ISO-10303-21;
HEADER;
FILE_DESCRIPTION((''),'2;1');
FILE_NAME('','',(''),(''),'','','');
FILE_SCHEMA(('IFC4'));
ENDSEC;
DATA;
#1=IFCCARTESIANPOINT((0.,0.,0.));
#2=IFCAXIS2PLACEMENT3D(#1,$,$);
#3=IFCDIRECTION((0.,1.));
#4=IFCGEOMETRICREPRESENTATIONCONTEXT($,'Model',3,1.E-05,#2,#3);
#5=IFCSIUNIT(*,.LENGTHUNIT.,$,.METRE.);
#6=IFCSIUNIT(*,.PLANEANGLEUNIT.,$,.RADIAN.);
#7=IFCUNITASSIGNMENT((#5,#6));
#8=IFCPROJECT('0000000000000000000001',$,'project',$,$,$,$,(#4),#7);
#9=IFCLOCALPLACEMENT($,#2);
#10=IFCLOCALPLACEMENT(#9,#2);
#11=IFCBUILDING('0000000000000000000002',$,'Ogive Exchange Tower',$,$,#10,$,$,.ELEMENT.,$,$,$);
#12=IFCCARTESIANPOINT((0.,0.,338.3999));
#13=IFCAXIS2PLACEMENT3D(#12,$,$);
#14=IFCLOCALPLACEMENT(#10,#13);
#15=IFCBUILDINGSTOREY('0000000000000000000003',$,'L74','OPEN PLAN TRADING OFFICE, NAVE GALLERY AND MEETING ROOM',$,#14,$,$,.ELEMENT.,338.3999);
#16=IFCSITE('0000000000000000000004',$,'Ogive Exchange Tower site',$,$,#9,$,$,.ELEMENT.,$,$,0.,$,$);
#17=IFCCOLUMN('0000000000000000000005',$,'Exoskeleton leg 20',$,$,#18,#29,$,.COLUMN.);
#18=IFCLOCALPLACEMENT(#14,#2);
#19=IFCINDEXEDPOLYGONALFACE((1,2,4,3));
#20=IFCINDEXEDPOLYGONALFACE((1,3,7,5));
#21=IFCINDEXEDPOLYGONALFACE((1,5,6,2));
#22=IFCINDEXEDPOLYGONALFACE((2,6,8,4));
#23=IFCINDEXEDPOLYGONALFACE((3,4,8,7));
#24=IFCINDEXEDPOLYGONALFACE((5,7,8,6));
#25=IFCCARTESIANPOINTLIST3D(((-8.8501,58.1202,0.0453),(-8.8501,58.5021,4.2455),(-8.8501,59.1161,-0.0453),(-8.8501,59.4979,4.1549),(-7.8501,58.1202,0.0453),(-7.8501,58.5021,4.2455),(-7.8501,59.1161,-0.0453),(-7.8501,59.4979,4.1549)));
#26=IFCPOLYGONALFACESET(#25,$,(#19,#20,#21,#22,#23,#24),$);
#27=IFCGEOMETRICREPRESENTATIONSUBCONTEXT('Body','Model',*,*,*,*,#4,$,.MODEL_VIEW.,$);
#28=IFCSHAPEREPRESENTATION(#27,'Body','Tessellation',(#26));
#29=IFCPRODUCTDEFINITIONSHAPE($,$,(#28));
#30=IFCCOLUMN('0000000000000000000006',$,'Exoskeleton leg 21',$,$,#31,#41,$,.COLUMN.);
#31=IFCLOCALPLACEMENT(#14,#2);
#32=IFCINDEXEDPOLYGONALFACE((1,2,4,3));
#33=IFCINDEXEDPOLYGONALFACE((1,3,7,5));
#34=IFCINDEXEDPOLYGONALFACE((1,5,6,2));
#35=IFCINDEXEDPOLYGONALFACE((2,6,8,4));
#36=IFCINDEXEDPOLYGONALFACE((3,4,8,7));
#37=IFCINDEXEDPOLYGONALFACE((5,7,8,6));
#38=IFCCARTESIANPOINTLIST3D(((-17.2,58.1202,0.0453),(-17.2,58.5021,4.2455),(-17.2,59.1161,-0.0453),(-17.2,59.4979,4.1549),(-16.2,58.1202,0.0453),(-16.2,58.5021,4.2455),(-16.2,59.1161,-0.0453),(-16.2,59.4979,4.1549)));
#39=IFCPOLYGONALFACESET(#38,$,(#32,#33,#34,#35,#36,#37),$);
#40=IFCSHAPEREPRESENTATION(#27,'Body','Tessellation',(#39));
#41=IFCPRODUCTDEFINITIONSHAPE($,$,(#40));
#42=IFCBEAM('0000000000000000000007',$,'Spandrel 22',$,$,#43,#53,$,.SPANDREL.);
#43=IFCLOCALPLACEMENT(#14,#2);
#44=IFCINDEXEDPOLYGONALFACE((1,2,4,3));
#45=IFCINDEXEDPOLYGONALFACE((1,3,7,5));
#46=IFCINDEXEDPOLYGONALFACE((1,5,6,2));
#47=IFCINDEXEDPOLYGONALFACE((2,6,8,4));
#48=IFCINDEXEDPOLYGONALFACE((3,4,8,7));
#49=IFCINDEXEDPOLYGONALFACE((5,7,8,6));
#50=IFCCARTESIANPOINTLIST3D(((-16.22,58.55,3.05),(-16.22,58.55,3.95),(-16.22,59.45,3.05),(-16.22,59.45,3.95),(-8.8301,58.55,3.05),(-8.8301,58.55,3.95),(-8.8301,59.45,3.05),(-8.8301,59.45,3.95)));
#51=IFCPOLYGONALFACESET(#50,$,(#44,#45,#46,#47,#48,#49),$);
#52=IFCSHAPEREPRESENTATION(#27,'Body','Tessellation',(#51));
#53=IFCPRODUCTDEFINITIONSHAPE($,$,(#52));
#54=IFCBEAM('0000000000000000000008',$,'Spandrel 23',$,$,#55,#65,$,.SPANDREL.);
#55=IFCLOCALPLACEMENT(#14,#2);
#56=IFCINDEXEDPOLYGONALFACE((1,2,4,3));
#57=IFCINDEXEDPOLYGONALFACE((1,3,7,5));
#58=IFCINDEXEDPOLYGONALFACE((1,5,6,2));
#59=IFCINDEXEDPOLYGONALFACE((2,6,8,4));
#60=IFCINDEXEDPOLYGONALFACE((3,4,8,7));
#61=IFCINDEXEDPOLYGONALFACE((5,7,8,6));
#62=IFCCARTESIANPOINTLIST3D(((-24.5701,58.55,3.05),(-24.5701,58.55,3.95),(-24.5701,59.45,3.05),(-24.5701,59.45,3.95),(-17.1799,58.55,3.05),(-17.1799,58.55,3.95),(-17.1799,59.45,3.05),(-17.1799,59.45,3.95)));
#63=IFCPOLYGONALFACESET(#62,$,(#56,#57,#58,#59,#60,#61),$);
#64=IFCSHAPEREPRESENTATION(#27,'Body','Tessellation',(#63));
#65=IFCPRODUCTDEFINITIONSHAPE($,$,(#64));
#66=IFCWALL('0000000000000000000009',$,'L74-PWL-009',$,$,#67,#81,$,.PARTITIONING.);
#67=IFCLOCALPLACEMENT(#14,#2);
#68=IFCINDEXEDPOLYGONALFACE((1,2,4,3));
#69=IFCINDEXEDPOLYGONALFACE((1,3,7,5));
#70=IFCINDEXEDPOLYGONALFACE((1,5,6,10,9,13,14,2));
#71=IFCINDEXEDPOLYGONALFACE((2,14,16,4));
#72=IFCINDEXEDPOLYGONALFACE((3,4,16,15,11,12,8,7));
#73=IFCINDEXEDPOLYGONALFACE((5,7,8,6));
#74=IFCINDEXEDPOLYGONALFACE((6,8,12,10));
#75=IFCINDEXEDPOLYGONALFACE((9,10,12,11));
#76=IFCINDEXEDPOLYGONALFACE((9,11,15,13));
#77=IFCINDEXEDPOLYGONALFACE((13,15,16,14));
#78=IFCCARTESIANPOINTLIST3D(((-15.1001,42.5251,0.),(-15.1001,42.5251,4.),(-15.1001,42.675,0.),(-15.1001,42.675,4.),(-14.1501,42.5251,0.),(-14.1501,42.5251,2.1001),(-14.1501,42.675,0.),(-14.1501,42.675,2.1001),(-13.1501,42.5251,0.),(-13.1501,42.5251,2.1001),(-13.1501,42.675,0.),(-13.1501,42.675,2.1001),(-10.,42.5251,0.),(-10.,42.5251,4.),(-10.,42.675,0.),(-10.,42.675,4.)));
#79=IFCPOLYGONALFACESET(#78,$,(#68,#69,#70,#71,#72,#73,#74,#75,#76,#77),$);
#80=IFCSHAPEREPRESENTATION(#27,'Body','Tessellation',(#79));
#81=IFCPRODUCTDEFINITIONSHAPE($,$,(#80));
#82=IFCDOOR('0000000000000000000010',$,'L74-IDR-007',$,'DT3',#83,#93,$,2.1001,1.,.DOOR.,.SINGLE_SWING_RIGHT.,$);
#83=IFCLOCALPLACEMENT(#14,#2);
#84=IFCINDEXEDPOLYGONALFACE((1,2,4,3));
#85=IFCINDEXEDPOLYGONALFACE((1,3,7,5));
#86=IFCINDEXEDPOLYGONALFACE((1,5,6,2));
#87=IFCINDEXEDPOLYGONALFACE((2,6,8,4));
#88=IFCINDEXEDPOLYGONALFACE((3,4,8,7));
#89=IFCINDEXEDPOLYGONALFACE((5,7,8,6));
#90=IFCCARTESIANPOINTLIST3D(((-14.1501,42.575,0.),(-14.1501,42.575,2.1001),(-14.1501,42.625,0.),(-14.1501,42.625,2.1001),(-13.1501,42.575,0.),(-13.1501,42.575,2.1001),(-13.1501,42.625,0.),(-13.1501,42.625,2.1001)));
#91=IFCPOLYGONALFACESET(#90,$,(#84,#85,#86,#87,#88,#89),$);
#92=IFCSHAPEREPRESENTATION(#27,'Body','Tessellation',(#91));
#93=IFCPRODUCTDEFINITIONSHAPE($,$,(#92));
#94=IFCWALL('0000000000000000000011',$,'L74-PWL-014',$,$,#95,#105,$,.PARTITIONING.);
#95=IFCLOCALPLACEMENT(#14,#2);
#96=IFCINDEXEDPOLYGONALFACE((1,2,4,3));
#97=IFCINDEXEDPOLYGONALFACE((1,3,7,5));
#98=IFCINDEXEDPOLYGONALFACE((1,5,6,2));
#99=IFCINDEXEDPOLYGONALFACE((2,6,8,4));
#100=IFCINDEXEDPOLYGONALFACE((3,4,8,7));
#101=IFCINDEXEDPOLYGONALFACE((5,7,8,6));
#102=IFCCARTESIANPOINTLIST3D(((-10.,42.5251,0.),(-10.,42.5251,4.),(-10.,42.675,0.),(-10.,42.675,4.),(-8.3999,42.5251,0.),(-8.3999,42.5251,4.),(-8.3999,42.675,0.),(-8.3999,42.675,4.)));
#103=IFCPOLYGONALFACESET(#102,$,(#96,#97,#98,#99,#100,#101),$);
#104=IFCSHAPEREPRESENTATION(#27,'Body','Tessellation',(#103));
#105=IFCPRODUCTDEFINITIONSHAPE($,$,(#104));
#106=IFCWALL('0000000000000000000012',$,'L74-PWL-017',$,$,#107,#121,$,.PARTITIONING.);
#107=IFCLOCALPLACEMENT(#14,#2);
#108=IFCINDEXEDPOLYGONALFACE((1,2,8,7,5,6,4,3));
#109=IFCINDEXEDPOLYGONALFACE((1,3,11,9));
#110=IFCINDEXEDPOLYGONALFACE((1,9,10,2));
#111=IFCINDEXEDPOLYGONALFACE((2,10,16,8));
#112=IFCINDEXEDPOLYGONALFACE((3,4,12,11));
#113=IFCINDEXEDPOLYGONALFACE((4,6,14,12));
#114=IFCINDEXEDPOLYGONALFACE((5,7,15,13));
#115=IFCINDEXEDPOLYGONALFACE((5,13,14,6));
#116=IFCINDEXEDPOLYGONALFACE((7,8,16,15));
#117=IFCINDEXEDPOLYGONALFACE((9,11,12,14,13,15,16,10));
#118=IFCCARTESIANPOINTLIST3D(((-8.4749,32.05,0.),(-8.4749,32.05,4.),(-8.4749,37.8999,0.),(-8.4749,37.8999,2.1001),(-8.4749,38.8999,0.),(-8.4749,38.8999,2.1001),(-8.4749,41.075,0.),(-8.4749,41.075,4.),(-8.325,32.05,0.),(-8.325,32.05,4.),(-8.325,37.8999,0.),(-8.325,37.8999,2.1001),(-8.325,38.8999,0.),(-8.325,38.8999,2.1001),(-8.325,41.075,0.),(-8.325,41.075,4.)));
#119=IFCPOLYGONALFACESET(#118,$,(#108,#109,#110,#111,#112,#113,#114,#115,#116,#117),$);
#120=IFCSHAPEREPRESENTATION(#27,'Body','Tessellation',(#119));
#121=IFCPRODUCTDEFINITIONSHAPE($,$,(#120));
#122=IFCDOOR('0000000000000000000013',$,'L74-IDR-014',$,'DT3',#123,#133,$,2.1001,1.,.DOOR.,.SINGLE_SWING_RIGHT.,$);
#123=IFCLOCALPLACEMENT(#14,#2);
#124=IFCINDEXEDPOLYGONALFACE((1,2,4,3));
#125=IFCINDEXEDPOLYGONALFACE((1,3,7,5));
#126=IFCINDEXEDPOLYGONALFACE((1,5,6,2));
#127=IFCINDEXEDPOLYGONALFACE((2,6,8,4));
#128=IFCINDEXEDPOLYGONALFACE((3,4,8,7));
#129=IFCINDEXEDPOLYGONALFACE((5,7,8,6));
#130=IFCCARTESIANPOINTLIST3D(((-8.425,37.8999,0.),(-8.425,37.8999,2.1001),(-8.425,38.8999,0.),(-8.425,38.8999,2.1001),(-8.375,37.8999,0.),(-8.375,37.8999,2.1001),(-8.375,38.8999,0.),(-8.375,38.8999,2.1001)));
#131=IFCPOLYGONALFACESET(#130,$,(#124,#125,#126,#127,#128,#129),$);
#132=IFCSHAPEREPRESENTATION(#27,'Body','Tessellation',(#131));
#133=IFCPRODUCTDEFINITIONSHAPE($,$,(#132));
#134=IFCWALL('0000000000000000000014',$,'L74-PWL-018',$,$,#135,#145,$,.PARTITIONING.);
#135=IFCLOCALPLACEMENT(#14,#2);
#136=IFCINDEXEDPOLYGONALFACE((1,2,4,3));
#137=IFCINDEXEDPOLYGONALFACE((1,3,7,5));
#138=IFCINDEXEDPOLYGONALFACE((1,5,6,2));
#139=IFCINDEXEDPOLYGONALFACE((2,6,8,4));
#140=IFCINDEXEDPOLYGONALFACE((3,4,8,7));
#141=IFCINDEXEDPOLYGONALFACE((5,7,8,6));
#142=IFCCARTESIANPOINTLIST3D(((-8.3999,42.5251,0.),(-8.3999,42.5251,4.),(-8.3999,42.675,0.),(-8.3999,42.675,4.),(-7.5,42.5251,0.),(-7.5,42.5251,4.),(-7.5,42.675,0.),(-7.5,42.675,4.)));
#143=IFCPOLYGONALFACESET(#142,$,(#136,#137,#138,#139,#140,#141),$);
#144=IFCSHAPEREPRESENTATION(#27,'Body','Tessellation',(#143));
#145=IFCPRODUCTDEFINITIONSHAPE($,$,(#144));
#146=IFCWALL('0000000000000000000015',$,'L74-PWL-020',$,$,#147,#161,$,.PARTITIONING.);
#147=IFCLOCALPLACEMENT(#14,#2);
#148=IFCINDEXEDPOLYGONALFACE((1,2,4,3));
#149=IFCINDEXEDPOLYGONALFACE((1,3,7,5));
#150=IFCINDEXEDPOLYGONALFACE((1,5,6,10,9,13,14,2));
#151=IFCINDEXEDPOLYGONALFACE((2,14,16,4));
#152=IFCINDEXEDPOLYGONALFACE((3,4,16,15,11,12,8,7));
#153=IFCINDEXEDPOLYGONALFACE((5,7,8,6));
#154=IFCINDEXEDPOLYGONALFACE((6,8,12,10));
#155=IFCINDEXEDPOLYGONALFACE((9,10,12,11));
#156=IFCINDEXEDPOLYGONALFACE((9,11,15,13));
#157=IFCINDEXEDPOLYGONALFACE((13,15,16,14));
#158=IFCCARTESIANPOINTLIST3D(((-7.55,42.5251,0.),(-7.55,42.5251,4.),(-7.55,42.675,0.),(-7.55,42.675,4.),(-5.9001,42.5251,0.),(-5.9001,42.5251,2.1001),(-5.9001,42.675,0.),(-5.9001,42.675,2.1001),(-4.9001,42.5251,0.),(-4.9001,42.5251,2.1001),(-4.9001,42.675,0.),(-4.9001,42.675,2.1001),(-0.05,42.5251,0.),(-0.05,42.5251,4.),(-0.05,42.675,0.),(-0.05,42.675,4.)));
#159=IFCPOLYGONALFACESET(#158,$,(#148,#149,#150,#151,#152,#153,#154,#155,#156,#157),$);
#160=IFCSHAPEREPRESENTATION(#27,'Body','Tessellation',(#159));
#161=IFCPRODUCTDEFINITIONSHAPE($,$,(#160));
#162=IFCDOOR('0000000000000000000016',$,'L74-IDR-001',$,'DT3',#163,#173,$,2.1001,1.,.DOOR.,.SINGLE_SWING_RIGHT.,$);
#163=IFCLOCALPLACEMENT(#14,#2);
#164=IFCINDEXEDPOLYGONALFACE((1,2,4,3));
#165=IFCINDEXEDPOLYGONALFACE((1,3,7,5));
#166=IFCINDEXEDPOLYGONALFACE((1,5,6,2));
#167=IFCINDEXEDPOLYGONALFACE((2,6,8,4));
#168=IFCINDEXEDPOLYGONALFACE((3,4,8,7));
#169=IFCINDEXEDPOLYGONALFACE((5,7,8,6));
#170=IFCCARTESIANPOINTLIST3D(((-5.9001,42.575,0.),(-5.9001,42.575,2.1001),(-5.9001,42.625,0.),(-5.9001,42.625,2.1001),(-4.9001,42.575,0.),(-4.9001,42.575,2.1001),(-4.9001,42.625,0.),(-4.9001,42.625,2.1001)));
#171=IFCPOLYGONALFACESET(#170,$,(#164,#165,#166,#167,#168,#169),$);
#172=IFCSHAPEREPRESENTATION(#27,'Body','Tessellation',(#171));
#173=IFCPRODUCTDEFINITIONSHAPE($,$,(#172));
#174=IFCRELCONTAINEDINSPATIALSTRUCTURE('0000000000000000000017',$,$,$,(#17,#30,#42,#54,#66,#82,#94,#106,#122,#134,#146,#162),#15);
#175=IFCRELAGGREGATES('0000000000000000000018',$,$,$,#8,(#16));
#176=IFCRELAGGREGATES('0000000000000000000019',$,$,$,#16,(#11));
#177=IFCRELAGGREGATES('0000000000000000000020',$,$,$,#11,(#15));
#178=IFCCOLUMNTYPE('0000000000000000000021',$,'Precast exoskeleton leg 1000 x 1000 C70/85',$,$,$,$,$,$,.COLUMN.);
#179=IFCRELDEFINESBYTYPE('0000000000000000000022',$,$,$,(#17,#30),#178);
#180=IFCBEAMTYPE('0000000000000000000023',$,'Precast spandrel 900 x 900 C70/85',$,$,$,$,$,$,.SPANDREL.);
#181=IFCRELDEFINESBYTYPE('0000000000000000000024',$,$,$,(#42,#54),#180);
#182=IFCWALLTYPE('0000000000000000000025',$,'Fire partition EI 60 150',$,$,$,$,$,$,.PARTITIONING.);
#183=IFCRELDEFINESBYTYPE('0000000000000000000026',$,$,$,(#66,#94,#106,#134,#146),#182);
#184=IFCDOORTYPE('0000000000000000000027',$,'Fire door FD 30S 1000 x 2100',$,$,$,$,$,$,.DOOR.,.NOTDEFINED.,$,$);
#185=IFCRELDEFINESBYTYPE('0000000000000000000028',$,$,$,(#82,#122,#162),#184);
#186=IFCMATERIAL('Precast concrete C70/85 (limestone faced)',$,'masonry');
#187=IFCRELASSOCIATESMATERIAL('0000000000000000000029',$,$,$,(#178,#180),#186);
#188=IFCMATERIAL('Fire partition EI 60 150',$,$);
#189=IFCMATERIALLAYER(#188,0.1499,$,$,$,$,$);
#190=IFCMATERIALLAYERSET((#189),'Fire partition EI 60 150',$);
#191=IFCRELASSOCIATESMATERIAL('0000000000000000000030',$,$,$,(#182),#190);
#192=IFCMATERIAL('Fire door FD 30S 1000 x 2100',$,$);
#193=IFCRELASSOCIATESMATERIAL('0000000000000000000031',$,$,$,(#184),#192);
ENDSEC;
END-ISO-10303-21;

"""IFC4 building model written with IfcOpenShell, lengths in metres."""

from ifc_helpers import new_model, si_unit, direction, frame, frame_2d, origin, origin_2d, place, context, subcontext, project, spatial, rectangle, extrude, material, layer, layer_set, material_profile, profile_set, type_object, element, fill, save


model = new_model("IFC4")

# Units and contexts
model_context = context("Model", 3, precision=1e-05, world=origin(), true_north=direction((0.0, 1.0)))
body_context = subcontext(model_context, "Body", "Model", "MODEL_VIEW")
ifc_project = project(units=[si_unit("LENGTHUNIT", "METRE"), si_unit("PLANEANGLEUNIT", "RADIAN")], contexts=[model_context])

# Site, building, storey
site_placement = place(None, origin())
site = spatial("IfcSite", under=ifc_project, at=site_placement, Name="Ogive Exchange Tower site", CompositionType="ELEMENT", RefElevation=0.0)
building_placement = place(site_placement, origin())
building = spatial("IfcBuilding", under=site, at=building_placement, Name="Ogive Exchange Tower", CompositionType="ELEMENT")
storey_placement = place(building_placement, frame((0.0, 0.0, 338.3999)))
storey = spatial("IfcBuildingStorey", under=building, at=storey_placement, Name="L74", Description="OPEN PLAN TRADING OFFICE, NAVE GALLERY AND MEETING ROOM", CompositionType="ELEMENT", Elevation=338.3999)

# Columns
ifc_material_1 = material(Name="Precast concrete C70/85 (limestone faced)", Category="masonry")
ifc_material_profile_1 = material_profile(ifc_material_1, rectangle(XDim=1.0, YDim=1.0, at=origin_2d()), Name="1000 x 1000")
ifc_profile_set_1 = profile_set([ifc_material_profile_1], Name="Precast concrete C70/85 (limestone faced)")
column_type = type_object("IfcColumnType", Name="Precast exoskeleton leg 1000 x 1000 C70/85", PredefinedType="COLUMN", material=ifc_profile_set_1)
for number, where, z_axis, x_axis, name in (
    (1, (-8.3501, 58.6182, 0.0), (0.0, 0.090536, 0.995893), (-1.0, 0.0, 0.0), "Exoskeleton leg 20"),
    (2, (-16.7, 58.6182, 0.0), (0.0, 0.090536, 0.995893), (-1.0, 0.0, 0.0), "Exoskeleton leg 21"),
):
    element("IfcColumn", number, at=place(storey_placement, frame(where, z_axis=z_axis, x_axis=x_axis)), inside=storey, type_object=column_type, Name=name, PredefinedType="COLUMN", context=body_context, shape_type="SweptSolid", body=[
        extrude(rectangle(XDim=1.0, YDim=1.0, at=origin_2d()), origin(), (0.0, 0.0, 1.0), 4.2175),
    ])

# Beams
ifc_material_profile_2 = material_profile(ifc_material_1, rectangle(XDim=0.8999, YDim=0.8999, at=origin_2d()), Name="900 x 900")
ifc_profile_set_2 = profile_set([ifc_material_profile_2], Name="Precast concrete C70/85 (limestone faced)")
beam_type = type_object("IfcBeamType", Name="Precast spandrel 900 x 900 C70/85", PredefinedType="SPANDREL", material=ifc_profile_set_2)
beam_1_placement = place(storey_placement, frame((-8.8301, 59.0, 3.5), z_axis=(-1.0, 0.0, 0.0), x_axis=(0.0, -1.0, 0.0)))
element("IfcBeam", 3, at=beam_1_placement, inside=storey, type_object=beam_type, Name="Spandrel 22", PredefinedType="SPANDREL", context=body_context, shape_type="SweptSolid", body=[
    extrude(rectangle(XDim=0.8999, YDim=0.8999, at=origin_2d()), origin(), (0.0, 0.0, 1.0), 7.3899),
])
beam_2_placement = place(storey_placement, frame((-17.1799, 59.0, 3.5), z_axis=(-1.0, 0.0, 0.0), x_axis=(0.0, -1.0, 0.0)))
element("IfcBeam", 4, at=beam_2_placement, inside=storey, type_object=beam_type, Name="Spandrel 23", PredefinedType="SPANDREL", context=body_context, shape_type="SweptSolid", body=[
    extrude(rectangle(XDim=0.8999, YDim=0.8999, at=origin_2d()), origin(), (0.0, 0.0, 1.0), 7.3901),
])

# Wall, opening, door
ifc_material_2 = material(Name="Fire partition EI 60 150")
ifc_layer_1 = layer(ifc_material_2, 0.1499)
ifc_layer_set_1 = layer_set([ifc_layer_1], Name="Fire partition EI 60 150")
wall_type_1 = type_object("IfcWallType", Name="Fire partition EI 60 150", PredefinedType="PARTITIONING", material=ifc_layer_set_1)
wall_1_placement = place(storey_placement, frame((-15.1001, 42.6001, 0.0), z_axis=(0.0, 0.0, 1.0), x_axis=(1.0, 0.0, 0.0)))
wall_1 = element("IfcWall", 5, at=wall_1_placement, inside=storey, type_object=wall_type_1, Name="L74-PWL-009", PredefinedType="PARTITIONING", context=body_context, shape_type="SweptSolid", body=[
    extrude(rectangle(XDim=5.1001, YDim=0.1499, at=frame_2d((2.55, 0.0))), origin(), (0.0, 0.0, 1.0), 4.0),
])
opening_1_placement = place(wall_1_placement, frame((0.95, 0.0, 0.0)))
opening_1 = element("IfcOpeningElement", 6, at=opening_1_placement, cuts=wall_1, PredefinedType="OPENING", context=body_context, shape_type="SweptSolid", body=[
    extrude(rectangle(XDim=1.0, YDim=2.1001, at=frame_2d((0.5, 1.05))), frame((0.0, 0.085, 0.0), z_axis=(0.0, -1.0, 0.0), x_axis=(1.0, 0.0, 0.0)), (0.0, 0.0, 1.0), 0.1699),
])
ifc_material_3 = material(Name="Fire door FD 30S 1000 x 2100")
door_type_1 = type_object("IfcDoorType", Name="Fire door FD 30S 1000 x 2100", OperationType="NOTDEFINED", PredefinedType="DOOR", material=ifc_material_3)
door_1_placement = place(opening_1_placement, origin())
door_1 = element("IfcDoor", 7, at=door_1_placement, inside=storey, type_object=door_type_1, Name="L74-IDR-007", ObjectType="DT3", OperationType="SINGLE_SWING_RIGHT", OverallHeight=2.1001, OverallWidth=1.0, PredefinedType="DOOR", context=body_context, shape_type="SweptSolid", body=[
    extrude(rectangle(XDim=1.0, YDim=2.1001, at=frame_2d((0.5, 1.05))), frame((0.0, 0.0249, 0.0), z_axis=(0.0, -1.0, 0.0), x_axis=(1.0, 0.0, 0.0)), (0.0, 0.0, 1.0), 0.05),
])
fill(opening_1, door_1)

# Wall
wall_2_placement = place(storey_placement, frame((-10.0, 42.6001, 0.0), z_axis=(0.0, 0.0, 1.0), x_axis=(1.0, 0.0, 0.0)))
element("IfcWall", 8, at=wall_2_placement, inside=storey, type_object=wall_type_1, Name="L74-PWL-014", PredefinedType="PARTITIONING", context=body_context, shape_type="SweptSolid", body=[
    extrude(rectangle(XDim=1.6001, YDim=0.1499, at=frame_2d((0.8, 0.0))), origin(), (0.0, 0.0, 1.0), 4.0),
])

# Wall, opening, door
wall_3_placement = place(storey_placement, frame((-8.3999, 41.075, 0.0), z_axis=(0.0, 0.0, 1.0), x_axis=(0.0, -1.0, 0.0)))
wall_3 = element("IfcWall", 9, at=wall_3_placement, inside=storey, type_object=wall_type_1, Name="L74-PWL-017", PredefinedType="PARTITIONING", context=body_context, shape_type="SweptSolid", body=[
    extrude(rectangle(XDim=9.0249, YDim=0.1499, at=frame_2d((4.5125, 0.0))), origin(), (0.0, 0.0, 1.0), 4.0),
])
opening_2_placement = place(wall_3_placement, frame((2.175, 0.0, 0.0)))
opening_2 = element("IfcOpeningElement", 10, at=opening_2_placement, cuts=wall_3, PredefinedType="OPENING", context=body_context, shape_type="SweptSolid", body=[
    extrude(rectangle(XDim=1.0, YDim=2.1001, at=frame_2d((0.5, 1.05))), frame((0.0, 0.085, 0.0), z_axis=(0.0, -1.0, 0.0), x_axis=(1.0, 0.0, 0.0)), (0.0, 0.0, 1.0), 0.1699),
])
door_2_placement = place(opening_2_placement, origin())
door_2 = element("IfcDoor", 11, at=door_2_placement, inside=storey, type_object=door_type_1, Name="L74-IDR-014", ObjectType="DT3", OperationType="SINGLE_SWING_RIGHT", OverallHeight=2.1001, OverallWidth=1.0, PredefinedType="DOOR", context=body_context, shape_type="SweptSolid", body=[
    extrude(rectangle(XDim=1.0, YDim=2.1001, at=frame_2d((0.5, 1.05))), frame((0.0, 0.0249, 0.0), z_axis=(0.0, -1.0, 0.0), x_axis=(1.0, 0.0, 0.0)), (0.0, 0.0, 1.0), 0.05),
])
fill(opening_2, door_2)

# Wall
wall_4_placement = place(storey_placement, frame((-8.3999, 42.6001, 0.0), z_axis=(0.0, 0.0, 1.0), x_axis=(1.0, 0.0, 0.0)))
element("IfcWall", 12, at=wall_4_placement, inside=storey, type_object=wall_type_1, Name="L74-PWL-018", PredefinedType="PARTITIONING", context=body_context, shape_type="SweptSolid", body=[
    extrude(rectangle(XDim=0.8999, YDim=0.1499, at=frame_2d((0.45, 0.0))), origin(), (0.0, 0.0, 1.0), 4.0),
])

# Wall, opening, door
wall_5_placement = place(storey_placement, frame((-7.55, 42.6001, 0.0), z_axis=(0.0, 0.0, 1.0), x_axis=(1.0, 0.0, 0.0)))
wall_5 = element("IfcWall", 13, at=wall_5_placement, inside=storey, type_object=wall_type_1, Name="L74-PWL-020", PredefinedType="PARTITIONING", context=body_context, shape_type="SweptSolid", body=[
    extrude(rectangle(XDim=7.5, YDim=0.1499, at=frame_2d((3.75, 0.0))), origin(), (0.0, 0.0, 1.0), 4.0),
])
opening_3_placement = place(wall_5_placement, frame((1.6499, 0.0, 0.0)))
opening_3 = element("IfcOpeningElement", 14, at=opening_3_placement, cuts=wall_5, PredefinedType="OPENING", context=body_context, shape_type="SweptSolid", body=[
    extrude(rectangle(XDim=1.0, YDim=2.1001, at=frame_2d((0.5, 1.05))), frame((0.0, 0.085, 0.0), z_axis=(0.0, -1.0, 0.0), x_axis=(1.0, 0.0, 0.0)), (0.0, 0.0, 1.0), 0.1699),
])
door_3_placement = place(opening_3_placement, origin())
door_3 = element("IfcDoor", 15, at=door_3_placement, inside=storey, type_object=door_type_1, Name="L74-IDR-001", ObjectType="DT3", OperationType="SINGLE_SWING_RIGHT", OverallHeight=2.1001, OverallWidth=1.0, PredefinedType="DOOR", context=body_context, shape_type="SweptSolid", body=[
    extrude(rectangle(XDim=1.0, YDim=2.1001, at=frame_2d((0.5, 1.05))), frame((0.0, 0.0249, 0.0), z_axis=(0.0, -1.0, 0.0), x_axis=(1.0, 0.0, 0.0)), (0.0, 0.0, 1.0), 0.05),
])
fill(opening_3, door_3)

save(model, "model.ifc")
